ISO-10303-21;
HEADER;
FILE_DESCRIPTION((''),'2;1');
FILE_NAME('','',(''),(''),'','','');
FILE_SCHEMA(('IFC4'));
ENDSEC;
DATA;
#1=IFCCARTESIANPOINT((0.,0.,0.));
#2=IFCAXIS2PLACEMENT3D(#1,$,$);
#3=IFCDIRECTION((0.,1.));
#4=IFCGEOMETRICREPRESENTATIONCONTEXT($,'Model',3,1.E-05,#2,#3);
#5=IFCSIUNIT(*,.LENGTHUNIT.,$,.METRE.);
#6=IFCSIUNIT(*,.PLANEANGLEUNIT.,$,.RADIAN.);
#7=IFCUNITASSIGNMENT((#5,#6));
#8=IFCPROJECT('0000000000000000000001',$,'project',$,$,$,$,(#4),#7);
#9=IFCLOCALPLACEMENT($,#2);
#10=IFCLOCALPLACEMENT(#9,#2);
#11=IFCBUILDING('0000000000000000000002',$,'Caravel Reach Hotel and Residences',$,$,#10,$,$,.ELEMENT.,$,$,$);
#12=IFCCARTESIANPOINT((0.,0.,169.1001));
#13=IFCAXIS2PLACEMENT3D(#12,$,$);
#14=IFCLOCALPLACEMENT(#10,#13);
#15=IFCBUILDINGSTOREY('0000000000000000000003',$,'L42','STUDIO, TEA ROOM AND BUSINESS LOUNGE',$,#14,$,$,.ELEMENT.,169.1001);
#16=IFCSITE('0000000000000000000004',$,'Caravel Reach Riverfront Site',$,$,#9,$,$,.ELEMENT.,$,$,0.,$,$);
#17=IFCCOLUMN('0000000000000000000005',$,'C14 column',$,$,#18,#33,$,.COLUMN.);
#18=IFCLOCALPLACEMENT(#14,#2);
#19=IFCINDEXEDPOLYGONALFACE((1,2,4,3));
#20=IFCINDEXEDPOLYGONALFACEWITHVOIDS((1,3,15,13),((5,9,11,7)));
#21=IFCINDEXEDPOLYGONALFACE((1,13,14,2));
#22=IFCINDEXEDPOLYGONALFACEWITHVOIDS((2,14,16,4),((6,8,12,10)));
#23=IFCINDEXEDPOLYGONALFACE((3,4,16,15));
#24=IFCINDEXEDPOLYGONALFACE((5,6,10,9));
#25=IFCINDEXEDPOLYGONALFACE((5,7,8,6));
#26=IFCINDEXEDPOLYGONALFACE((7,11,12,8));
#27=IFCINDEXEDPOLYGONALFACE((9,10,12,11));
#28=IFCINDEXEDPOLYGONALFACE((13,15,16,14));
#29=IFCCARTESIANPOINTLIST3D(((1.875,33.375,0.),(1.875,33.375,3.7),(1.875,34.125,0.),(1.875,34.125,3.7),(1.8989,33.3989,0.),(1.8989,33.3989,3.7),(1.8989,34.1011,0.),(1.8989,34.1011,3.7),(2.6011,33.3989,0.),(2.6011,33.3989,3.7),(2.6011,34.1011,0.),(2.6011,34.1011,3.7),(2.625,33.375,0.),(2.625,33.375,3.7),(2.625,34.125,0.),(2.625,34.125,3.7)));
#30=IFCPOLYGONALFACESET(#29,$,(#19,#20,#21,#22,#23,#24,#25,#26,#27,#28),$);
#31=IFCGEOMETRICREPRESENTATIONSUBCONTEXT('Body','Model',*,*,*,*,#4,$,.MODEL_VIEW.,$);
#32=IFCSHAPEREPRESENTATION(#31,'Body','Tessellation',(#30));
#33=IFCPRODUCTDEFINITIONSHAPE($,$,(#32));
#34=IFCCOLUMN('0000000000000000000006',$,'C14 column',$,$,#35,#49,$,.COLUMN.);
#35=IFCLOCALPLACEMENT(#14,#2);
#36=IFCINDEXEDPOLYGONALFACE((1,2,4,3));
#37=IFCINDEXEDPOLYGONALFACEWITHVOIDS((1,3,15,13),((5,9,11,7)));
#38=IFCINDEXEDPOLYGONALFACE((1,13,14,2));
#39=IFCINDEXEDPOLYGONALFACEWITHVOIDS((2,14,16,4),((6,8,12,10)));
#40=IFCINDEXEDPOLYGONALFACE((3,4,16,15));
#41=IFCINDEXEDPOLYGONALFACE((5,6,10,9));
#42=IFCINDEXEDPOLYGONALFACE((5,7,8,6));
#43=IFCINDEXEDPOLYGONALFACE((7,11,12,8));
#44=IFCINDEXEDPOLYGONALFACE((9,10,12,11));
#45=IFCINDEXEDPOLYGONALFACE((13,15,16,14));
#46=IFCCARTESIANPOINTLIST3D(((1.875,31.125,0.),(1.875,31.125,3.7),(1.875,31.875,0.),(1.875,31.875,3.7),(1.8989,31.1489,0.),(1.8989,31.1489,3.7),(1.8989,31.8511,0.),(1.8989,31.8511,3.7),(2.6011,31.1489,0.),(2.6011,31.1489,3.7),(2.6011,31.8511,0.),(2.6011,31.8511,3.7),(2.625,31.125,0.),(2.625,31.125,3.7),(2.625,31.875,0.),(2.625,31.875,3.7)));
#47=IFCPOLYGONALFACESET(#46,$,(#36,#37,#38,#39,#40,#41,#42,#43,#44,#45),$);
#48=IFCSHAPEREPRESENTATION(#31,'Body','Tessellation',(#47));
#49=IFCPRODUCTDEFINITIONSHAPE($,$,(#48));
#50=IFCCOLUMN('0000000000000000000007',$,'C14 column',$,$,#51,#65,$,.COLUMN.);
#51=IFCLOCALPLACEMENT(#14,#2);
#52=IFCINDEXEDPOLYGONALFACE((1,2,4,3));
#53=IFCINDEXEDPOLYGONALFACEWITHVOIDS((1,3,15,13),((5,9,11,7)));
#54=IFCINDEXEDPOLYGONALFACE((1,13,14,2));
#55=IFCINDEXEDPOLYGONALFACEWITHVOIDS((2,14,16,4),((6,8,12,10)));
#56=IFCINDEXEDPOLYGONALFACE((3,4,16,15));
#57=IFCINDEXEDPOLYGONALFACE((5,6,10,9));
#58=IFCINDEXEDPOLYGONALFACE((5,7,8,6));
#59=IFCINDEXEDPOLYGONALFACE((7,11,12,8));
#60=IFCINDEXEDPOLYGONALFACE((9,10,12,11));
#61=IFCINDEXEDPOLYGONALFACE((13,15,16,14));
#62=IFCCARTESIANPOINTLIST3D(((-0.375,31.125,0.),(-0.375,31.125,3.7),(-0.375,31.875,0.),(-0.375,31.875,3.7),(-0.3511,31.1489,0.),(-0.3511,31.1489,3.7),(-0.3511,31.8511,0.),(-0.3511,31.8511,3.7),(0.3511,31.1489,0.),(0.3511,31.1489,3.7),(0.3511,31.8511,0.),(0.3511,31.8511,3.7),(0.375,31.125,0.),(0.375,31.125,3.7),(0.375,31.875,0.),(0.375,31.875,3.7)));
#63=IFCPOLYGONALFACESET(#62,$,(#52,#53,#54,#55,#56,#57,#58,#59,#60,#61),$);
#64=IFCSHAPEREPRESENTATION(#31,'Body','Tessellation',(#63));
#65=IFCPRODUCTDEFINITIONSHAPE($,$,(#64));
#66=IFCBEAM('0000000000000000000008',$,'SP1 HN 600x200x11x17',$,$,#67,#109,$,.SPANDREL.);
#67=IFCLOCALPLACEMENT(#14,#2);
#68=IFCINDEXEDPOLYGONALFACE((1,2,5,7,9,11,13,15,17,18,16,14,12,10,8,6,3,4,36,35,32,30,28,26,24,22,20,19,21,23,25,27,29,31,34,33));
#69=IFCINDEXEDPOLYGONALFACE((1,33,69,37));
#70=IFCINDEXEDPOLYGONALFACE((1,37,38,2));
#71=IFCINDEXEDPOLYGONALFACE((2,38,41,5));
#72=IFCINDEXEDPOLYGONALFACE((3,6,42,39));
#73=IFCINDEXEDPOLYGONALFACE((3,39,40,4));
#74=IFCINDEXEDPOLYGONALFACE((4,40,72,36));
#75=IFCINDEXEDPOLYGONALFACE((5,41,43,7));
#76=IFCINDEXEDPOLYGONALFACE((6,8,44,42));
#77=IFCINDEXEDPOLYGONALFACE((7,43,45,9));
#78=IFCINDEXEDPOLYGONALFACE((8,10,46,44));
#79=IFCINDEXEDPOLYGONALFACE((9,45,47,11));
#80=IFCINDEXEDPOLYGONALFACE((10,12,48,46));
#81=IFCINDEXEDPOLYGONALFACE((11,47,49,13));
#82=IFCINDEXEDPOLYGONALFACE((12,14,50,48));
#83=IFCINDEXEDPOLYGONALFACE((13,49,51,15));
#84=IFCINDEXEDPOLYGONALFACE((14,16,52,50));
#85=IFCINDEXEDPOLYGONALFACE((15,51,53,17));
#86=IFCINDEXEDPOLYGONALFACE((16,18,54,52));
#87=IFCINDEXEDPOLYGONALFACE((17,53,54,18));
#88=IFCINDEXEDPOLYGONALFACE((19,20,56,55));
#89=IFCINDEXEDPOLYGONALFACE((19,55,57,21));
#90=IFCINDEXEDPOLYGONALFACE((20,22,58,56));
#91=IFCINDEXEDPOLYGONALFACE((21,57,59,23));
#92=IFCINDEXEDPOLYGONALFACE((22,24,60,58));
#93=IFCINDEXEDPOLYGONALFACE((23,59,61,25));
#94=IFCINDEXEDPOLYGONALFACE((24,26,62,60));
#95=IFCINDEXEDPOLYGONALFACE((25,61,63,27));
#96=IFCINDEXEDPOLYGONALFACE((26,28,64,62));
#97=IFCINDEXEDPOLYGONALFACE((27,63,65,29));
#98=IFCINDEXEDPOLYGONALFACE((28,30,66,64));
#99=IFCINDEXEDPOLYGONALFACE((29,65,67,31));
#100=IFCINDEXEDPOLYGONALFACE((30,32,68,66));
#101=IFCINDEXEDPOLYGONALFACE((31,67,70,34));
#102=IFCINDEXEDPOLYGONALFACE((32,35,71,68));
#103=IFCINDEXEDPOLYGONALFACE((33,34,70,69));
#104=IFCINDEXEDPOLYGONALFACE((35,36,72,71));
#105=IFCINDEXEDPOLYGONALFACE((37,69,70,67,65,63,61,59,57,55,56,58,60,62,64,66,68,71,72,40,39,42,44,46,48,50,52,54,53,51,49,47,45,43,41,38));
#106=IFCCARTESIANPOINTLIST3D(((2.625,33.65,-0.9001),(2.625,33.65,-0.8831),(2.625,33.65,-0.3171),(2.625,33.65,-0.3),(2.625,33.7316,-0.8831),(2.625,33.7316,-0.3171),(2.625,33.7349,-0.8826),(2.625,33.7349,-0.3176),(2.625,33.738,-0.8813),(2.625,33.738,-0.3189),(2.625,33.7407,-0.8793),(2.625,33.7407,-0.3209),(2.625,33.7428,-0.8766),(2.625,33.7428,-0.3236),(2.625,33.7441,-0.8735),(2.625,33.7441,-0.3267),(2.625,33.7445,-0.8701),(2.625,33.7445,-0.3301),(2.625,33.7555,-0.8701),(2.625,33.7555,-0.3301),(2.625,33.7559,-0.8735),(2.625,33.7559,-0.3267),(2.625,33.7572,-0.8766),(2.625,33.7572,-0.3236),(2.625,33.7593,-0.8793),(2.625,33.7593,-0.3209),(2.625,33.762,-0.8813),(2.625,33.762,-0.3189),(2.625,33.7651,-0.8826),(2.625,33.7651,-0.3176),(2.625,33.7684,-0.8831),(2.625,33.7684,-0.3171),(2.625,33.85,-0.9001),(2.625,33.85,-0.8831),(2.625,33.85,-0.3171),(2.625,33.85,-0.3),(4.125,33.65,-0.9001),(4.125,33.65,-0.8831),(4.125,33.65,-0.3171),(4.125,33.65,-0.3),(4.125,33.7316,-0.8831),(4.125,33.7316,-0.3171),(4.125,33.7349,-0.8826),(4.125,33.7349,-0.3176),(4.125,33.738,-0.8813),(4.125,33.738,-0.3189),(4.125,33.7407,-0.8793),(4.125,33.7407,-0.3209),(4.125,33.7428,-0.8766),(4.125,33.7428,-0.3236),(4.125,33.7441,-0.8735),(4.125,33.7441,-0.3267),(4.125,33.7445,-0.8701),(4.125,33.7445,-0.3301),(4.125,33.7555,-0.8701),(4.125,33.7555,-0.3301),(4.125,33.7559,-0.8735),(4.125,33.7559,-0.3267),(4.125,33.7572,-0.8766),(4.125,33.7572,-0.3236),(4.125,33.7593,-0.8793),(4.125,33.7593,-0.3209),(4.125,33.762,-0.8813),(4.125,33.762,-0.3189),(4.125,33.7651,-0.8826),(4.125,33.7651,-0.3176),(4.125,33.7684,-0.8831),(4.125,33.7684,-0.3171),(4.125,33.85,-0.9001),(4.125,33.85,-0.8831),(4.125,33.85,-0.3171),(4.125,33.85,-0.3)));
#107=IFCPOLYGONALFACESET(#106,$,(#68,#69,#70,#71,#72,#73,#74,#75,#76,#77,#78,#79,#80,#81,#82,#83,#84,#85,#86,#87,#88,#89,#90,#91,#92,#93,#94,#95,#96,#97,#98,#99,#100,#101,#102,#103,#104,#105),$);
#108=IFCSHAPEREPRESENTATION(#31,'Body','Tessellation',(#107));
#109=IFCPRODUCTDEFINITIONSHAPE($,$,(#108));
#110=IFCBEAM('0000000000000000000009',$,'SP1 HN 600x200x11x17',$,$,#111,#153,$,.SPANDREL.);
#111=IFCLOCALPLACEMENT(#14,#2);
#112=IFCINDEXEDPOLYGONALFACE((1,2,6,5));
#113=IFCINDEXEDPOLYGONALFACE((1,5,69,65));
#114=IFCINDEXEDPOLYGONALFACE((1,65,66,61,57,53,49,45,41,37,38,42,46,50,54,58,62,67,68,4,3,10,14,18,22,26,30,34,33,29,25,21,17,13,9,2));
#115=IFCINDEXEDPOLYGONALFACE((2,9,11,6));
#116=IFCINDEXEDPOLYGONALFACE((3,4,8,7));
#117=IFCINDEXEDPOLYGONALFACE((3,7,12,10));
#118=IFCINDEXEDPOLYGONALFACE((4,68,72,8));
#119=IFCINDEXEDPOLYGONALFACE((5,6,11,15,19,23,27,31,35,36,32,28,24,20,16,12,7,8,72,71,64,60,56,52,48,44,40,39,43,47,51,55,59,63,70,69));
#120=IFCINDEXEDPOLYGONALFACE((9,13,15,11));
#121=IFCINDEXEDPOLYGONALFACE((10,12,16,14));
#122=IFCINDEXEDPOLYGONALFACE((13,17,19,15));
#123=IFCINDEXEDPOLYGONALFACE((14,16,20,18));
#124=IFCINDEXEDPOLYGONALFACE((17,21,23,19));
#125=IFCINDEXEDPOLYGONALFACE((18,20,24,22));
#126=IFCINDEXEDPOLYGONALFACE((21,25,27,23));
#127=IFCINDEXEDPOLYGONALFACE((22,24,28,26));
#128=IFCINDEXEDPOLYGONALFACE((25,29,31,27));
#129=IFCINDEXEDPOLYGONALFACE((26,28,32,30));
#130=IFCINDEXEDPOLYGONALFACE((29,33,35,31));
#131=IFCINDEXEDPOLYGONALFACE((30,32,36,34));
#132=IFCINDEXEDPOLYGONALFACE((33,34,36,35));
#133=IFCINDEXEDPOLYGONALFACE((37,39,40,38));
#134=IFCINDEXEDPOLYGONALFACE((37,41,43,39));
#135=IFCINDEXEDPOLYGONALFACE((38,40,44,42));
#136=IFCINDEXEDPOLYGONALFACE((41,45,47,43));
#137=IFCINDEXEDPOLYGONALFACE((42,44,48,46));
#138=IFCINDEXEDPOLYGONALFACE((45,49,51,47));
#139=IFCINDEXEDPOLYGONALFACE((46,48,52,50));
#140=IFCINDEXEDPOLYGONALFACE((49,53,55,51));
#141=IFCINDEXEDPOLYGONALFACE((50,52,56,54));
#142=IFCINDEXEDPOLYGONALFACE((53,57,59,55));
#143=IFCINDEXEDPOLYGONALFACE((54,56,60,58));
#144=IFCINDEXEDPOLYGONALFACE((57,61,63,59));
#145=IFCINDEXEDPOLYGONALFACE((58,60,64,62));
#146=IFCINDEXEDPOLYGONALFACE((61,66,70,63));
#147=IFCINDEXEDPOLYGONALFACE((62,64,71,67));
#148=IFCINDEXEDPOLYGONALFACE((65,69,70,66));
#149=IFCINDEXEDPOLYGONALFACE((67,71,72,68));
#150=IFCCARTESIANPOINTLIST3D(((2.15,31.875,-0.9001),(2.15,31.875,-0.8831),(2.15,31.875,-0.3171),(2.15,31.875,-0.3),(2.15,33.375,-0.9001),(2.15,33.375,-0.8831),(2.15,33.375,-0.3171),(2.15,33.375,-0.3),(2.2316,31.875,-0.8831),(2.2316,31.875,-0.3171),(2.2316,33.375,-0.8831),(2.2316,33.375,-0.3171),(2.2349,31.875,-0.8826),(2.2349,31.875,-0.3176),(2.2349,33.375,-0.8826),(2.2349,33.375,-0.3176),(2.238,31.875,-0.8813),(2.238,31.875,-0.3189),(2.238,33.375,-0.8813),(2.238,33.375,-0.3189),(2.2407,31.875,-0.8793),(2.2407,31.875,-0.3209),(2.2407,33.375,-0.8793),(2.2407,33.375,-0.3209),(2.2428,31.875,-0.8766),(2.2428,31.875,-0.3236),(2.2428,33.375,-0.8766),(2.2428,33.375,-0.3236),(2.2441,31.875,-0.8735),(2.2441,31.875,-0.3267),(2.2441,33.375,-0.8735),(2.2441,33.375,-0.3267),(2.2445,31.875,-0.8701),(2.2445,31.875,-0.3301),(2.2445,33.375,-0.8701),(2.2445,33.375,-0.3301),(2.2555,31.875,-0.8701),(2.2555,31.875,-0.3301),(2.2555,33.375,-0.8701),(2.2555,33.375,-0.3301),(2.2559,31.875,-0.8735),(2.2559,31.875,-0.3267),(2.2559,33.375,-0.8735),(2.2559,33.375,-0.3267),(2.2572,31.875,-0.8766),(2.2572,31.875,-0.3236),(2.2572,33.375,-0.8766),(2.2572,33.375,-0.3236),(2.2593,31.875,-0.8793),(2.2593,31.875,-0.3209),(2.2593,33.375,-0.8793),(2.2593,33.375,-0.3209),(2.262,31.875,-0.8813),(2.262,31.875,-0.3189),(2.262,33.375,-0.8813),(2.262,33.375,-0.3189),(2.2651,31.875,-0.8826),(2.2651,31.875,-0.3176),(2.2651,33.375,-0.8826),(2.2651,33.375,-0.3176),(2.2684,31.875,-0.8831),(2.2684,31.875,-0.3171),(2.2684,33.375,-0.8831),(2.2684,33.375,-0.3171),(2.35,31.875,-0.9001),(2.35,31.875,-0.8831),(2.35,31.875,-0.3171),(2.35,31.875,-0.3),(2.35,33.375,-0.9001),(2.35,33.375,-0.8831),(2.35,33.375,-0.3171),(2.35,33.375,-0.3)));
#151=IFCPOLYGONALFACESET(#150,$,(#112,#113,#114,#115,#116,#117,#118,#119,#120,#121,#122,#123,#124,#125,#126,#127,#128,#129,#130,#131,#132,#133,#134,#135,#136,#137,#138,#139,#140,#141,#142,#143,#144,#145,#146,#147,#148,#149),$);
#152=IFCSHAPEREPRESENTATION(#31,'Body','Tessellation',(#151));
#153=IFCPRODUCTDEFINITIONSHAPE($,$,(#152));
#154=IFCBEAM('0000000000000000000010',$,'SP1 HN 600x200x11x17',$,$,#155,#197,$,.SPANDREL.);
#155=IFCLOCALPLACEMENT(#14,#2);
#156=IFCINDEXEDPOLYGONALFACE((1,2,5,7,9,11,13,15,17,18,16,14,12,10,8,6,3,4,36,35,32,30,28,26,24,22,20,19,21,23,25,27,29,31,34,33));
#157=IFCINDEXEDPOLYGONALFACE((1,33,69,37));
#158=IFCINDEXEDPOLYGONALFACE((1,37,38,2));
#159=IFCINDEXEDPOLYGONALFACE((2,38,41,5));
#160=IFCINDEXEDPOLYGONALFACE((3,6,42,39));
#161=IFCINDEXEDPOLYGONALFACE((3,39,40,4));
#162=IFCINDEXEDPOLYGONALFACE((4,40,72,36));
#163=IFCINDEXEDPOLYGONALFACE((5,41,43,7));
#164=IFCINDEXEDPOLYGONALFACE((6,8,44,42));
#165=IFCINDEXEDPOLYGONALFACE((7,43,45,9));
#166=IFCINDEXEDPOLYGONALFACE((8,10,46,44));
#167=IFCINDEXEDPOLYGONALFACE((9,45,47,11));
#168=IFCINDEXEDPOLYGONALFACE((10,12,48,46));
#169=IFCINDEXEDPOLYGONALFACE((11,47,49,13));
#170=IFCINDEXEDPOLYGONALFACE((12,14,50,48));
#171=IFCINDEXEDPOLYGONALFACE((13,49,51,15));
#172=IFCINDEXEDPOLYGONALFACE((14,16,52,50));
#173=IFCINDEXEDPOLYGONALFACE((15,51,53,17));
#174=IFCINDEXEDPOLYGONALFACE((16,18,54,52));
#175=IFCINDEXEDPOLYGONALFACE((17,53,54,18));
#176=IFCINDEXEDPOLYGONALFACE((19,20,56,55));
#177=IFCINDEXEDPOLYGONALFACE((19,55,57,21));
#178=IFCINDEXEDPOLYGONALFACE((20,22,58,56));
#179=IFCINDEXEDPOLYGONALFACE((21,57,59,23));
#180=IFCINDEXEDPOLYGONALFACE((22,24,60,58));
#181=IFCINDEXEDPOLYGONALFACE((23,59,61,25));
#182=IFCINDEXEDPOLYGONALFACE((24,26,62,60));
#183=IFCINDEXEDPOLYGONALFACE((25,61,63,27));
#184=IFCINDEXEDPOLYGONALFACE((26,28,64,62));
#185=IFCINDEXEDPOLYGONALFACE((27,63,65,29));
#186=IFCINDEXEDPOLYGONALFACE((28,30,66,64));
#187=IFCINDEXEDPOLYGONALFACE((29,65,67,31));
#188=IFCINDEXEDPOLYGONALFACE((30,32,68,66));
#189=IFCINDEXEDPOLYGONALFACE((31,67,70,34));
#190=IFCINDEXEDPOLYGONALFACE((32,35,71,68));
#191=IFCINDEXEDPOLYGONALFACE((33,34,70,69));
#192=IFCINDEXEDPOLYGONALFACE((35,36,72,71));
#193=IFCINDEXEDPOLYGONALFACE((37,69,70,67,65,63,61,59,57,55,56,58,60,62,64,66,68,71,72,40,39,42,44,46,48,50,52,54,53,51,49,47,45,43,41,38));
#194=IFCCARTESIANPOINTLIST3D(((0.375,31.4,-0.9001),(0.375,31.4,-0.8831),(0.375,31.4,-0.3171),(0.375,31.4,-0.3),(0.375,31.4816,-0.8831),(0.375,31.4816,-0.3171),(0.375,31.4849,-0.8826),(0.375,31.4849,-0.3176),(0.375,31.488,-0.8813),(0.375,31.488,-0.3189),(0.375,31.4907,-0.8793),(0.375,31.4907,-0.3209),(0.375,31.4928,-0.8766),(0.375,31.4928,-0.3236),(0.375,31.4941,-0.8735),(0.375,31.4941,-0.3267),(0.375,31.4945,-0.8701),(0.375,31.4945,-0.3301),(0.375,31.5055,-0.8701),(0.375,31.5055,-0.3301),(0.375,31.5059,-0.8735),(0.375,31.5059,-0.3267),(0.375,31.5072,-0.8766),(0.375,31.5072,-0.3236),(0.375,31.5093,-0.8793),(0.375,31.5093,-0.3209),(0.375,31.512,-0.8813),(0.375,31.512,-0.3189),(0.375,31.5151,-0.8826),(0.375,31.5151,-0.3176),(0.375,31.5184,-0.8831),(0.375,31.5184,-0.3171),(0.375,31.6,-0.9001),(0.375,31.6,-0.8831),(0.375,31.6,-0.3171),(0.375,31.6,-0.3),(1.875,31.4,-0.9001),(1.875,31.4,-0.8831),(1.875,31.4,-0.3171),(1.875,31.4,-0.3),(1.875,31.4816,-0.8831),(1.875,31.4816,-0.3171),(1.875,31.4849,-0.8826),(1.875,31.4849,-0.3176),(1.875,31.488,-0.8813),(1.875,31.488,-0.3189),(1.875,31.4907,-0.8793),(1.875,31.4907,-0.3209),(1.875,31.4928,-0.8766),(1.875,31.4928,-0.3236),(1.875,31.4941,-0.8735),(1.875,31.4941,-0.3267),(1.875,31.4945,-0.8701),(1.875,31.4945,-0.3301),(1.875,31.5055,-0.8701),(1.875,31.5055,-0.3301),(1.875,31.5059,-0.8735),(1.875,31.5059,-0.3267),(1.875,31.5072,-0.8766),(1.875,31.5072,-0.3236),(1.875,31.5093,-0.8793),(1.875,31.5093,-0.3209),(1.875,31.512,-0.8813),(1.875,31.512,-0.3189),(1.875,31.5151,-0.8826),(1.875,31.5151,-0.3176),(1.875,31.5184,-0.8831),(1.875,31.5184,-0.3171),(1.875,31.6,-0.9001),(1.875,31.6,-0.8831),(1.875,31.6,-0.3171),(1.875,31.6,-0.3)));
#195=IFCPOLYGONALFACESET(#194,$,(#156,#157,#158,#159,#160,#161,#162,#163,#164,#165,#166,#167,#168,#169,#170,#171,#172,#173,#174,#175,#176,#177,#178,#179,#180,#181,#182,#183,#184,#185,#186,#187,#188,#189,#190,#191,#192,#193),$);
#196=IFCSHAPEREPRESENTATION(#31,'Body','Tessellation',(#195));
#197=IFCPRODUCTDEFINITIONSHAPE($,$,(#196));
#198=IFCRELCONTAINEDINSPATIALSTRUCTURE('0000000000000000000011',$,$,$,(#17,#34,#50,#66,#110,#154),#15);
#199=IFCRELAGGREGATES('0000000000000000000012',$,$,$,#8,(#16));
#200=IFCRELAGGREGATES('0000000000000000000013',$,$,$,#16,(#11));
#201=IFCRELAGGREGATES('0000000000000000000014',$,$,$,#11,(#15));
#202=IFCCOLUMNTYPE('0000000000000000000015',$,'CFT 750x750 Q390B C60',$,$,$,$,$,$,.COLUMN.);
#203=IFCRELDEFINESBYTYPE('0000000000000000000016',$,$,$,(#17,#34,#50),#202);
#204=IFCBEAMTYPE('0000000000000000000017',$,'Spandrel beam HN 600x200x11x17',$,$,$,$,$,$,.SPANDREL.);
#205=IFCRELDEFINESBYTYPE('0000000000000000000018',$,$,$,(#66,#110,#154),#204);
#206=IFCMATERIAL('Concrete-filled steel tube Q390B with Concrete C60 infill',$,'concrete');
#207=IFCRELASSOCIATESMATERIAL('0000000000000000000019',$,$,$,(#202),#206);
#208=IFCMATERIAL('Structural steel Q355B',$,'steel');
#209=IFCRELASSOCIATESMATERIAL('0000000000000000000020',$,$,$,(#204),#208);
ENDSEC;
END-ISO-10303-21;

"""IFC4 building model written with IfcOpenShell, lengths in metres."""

from ifc_helpers import new_model, si_unit, direction, frame, origin, origin_2d, place, context, subcontext, project, spatial, hollow_rectangle, i_section, extrude, material, material_profile, profile_set, type_object, element, save


model = new_model("IFC4")

# Units and contexts
model_context = context("Model", 3, precision=1e-05, world=origin(), true_north=direction((0.0, 1.0)))
body_context = subcontext(model_context, "Body", "Model", "MODEL_VIEW")
ifc_project = project(units=[si_unit("LENGTHUNIT", "METRE"), si_unit("PLANEANGLEUNIT", "RADIAN")], contexts=[model_context])

# Site, building, storey
site_placement = place(None, origin())
site = spatial("IfcSite", under=ifc_project, at=site_placement, Name="Caravel Reach Riverfront Site", CompositionType="ELEMENT", RefElevation=0.0)
building_placement = place(site_placement, origin())
building = spatial("IfcBuilding", under=site, at=building_placement, Name="Caravel Reach Hotel and Residences", CompositionType="ELEMENT")
storey_placement = place(building_placement, frame((0.0, 0.0, 169.1001)))
storey = spatial("IfcBuildingStorey", under=building, at=storey_placement, Name="L42", Description="STUDIO, TEA ROOM AND BUSINESS LOUNGE", CompositionType="ELEMENT", Elevation=169.1001)

# Columns
ifc_material_1 = material(Name="Concrete-filled steel tube Q390B with Concrete C60 infill", Category="concrete")
ifc_material_profile_1 = material_profile(ifc_material_1, hollow_rectangle(XDim=0.75, YDim=0.75, WallThickness=0.0239, at=origin_2d()), Name="RHS 750x750x24")
ifc_profile_set_1 = profile_set([ifc_material_profile_1], Name="Concrete-filled steel tube Q390B with Concrete C60 infill")
column_type = type_object("IfcColumnType", Name="CFT 750x750 Q390B C60", PredefinedType="COLUMN", material=ifc_profile_set_1)
for number, where, z_axis, x_axis, name in (
    (1, (2.25, 33.75, 0.0), (0.0, 0.0, 1.0), (1.0, 0.0, 0.0), "C14 column"),
    (2, (2.25, 31.5, 0.0), (0.0, 0.0, 1.0), (1.0, 0.0, 0.0), "C14 column"),
    (3, (0.0, 31.5, 0.0), (0.0, 0.0, 1.0), (1.0, 0.0, 0.0), "C14 column"),
):
    element("IfcColumn", number, at=place(storey_placement, frame(where, z_axis=z_axis, x_axis=x_axis)), inside=storey, type_object=column_type, Name=name, PredefinedType="COLUMN", context=body_context, shape_type="SweptSolid", body=[
        extrude(hollow_rectangle(XDim=0.75, YDim=0.75, WallThickness=0.0239, at=origin_2d()), origin(), (0.0, 0.0, 1.0), 3.7),
    ])

# Beams
ifc_material_2 = material(Name="Structural steel Q355B", Category="steel")
ifc_material_profile_2 = material_profile(ifc_material_2, i_section(OverallWidth=0.2, OverallDepth=0.6001, WebThickness=0.011, FlangeThickness=0.0171, FilletRadius=0.0129, at=origin_2d()), Name="HN 600x200x11x17")
ifc_profile_set_2 = profile_set([ifc_material_profile_2], Name="Structural steel Q355B")
beam_type = type_object("IfcBeamType", Name="Spandrel beam HN 600x200x11x17", PredefinedType="SPANDREL", material=ifc_profile_set_2)
for number, where, z_axis, x_axis, name in (
    (4, (4.125, 33.75, -0.6001), (-1.0, 0.0, 0.0), (0.0, -1.0, 0.0), "SP1 HN 600x200x11x17"),
    (5, (2.25, 33.375, -0.6001), (0.0, -1.0, 0.0), (1.0, 0.0, 0.0), "SP1 HN 600x200x11x17"),
    (6, (1.875, 31.5, -0.6001), (-1.0, 0.0, 0.0), (0.0, -1.0, 0.0), "SP1 HN 600x200x11x17"),
):
    element("IfcBeam", number, at=place(storey_placement, frame(where, z_axis=z_axis, x_axis=x_axis)), inside=storey, type_object=beam_type, Name=name, PredefinedType="SPANDREL", context=body_context, shape_type="SweptSolid", body=[
        extrude(i_section(OverallWidth=0.2, OverallDepth=0.6001, WebThickness=0.011, FlangeThickness=0.0171, FilletRadius=0.0129, at=origin_2d()), origin(), (0.0, 0.0, 1.0), 1.5),
    ])

save(model, "model.ifc")
